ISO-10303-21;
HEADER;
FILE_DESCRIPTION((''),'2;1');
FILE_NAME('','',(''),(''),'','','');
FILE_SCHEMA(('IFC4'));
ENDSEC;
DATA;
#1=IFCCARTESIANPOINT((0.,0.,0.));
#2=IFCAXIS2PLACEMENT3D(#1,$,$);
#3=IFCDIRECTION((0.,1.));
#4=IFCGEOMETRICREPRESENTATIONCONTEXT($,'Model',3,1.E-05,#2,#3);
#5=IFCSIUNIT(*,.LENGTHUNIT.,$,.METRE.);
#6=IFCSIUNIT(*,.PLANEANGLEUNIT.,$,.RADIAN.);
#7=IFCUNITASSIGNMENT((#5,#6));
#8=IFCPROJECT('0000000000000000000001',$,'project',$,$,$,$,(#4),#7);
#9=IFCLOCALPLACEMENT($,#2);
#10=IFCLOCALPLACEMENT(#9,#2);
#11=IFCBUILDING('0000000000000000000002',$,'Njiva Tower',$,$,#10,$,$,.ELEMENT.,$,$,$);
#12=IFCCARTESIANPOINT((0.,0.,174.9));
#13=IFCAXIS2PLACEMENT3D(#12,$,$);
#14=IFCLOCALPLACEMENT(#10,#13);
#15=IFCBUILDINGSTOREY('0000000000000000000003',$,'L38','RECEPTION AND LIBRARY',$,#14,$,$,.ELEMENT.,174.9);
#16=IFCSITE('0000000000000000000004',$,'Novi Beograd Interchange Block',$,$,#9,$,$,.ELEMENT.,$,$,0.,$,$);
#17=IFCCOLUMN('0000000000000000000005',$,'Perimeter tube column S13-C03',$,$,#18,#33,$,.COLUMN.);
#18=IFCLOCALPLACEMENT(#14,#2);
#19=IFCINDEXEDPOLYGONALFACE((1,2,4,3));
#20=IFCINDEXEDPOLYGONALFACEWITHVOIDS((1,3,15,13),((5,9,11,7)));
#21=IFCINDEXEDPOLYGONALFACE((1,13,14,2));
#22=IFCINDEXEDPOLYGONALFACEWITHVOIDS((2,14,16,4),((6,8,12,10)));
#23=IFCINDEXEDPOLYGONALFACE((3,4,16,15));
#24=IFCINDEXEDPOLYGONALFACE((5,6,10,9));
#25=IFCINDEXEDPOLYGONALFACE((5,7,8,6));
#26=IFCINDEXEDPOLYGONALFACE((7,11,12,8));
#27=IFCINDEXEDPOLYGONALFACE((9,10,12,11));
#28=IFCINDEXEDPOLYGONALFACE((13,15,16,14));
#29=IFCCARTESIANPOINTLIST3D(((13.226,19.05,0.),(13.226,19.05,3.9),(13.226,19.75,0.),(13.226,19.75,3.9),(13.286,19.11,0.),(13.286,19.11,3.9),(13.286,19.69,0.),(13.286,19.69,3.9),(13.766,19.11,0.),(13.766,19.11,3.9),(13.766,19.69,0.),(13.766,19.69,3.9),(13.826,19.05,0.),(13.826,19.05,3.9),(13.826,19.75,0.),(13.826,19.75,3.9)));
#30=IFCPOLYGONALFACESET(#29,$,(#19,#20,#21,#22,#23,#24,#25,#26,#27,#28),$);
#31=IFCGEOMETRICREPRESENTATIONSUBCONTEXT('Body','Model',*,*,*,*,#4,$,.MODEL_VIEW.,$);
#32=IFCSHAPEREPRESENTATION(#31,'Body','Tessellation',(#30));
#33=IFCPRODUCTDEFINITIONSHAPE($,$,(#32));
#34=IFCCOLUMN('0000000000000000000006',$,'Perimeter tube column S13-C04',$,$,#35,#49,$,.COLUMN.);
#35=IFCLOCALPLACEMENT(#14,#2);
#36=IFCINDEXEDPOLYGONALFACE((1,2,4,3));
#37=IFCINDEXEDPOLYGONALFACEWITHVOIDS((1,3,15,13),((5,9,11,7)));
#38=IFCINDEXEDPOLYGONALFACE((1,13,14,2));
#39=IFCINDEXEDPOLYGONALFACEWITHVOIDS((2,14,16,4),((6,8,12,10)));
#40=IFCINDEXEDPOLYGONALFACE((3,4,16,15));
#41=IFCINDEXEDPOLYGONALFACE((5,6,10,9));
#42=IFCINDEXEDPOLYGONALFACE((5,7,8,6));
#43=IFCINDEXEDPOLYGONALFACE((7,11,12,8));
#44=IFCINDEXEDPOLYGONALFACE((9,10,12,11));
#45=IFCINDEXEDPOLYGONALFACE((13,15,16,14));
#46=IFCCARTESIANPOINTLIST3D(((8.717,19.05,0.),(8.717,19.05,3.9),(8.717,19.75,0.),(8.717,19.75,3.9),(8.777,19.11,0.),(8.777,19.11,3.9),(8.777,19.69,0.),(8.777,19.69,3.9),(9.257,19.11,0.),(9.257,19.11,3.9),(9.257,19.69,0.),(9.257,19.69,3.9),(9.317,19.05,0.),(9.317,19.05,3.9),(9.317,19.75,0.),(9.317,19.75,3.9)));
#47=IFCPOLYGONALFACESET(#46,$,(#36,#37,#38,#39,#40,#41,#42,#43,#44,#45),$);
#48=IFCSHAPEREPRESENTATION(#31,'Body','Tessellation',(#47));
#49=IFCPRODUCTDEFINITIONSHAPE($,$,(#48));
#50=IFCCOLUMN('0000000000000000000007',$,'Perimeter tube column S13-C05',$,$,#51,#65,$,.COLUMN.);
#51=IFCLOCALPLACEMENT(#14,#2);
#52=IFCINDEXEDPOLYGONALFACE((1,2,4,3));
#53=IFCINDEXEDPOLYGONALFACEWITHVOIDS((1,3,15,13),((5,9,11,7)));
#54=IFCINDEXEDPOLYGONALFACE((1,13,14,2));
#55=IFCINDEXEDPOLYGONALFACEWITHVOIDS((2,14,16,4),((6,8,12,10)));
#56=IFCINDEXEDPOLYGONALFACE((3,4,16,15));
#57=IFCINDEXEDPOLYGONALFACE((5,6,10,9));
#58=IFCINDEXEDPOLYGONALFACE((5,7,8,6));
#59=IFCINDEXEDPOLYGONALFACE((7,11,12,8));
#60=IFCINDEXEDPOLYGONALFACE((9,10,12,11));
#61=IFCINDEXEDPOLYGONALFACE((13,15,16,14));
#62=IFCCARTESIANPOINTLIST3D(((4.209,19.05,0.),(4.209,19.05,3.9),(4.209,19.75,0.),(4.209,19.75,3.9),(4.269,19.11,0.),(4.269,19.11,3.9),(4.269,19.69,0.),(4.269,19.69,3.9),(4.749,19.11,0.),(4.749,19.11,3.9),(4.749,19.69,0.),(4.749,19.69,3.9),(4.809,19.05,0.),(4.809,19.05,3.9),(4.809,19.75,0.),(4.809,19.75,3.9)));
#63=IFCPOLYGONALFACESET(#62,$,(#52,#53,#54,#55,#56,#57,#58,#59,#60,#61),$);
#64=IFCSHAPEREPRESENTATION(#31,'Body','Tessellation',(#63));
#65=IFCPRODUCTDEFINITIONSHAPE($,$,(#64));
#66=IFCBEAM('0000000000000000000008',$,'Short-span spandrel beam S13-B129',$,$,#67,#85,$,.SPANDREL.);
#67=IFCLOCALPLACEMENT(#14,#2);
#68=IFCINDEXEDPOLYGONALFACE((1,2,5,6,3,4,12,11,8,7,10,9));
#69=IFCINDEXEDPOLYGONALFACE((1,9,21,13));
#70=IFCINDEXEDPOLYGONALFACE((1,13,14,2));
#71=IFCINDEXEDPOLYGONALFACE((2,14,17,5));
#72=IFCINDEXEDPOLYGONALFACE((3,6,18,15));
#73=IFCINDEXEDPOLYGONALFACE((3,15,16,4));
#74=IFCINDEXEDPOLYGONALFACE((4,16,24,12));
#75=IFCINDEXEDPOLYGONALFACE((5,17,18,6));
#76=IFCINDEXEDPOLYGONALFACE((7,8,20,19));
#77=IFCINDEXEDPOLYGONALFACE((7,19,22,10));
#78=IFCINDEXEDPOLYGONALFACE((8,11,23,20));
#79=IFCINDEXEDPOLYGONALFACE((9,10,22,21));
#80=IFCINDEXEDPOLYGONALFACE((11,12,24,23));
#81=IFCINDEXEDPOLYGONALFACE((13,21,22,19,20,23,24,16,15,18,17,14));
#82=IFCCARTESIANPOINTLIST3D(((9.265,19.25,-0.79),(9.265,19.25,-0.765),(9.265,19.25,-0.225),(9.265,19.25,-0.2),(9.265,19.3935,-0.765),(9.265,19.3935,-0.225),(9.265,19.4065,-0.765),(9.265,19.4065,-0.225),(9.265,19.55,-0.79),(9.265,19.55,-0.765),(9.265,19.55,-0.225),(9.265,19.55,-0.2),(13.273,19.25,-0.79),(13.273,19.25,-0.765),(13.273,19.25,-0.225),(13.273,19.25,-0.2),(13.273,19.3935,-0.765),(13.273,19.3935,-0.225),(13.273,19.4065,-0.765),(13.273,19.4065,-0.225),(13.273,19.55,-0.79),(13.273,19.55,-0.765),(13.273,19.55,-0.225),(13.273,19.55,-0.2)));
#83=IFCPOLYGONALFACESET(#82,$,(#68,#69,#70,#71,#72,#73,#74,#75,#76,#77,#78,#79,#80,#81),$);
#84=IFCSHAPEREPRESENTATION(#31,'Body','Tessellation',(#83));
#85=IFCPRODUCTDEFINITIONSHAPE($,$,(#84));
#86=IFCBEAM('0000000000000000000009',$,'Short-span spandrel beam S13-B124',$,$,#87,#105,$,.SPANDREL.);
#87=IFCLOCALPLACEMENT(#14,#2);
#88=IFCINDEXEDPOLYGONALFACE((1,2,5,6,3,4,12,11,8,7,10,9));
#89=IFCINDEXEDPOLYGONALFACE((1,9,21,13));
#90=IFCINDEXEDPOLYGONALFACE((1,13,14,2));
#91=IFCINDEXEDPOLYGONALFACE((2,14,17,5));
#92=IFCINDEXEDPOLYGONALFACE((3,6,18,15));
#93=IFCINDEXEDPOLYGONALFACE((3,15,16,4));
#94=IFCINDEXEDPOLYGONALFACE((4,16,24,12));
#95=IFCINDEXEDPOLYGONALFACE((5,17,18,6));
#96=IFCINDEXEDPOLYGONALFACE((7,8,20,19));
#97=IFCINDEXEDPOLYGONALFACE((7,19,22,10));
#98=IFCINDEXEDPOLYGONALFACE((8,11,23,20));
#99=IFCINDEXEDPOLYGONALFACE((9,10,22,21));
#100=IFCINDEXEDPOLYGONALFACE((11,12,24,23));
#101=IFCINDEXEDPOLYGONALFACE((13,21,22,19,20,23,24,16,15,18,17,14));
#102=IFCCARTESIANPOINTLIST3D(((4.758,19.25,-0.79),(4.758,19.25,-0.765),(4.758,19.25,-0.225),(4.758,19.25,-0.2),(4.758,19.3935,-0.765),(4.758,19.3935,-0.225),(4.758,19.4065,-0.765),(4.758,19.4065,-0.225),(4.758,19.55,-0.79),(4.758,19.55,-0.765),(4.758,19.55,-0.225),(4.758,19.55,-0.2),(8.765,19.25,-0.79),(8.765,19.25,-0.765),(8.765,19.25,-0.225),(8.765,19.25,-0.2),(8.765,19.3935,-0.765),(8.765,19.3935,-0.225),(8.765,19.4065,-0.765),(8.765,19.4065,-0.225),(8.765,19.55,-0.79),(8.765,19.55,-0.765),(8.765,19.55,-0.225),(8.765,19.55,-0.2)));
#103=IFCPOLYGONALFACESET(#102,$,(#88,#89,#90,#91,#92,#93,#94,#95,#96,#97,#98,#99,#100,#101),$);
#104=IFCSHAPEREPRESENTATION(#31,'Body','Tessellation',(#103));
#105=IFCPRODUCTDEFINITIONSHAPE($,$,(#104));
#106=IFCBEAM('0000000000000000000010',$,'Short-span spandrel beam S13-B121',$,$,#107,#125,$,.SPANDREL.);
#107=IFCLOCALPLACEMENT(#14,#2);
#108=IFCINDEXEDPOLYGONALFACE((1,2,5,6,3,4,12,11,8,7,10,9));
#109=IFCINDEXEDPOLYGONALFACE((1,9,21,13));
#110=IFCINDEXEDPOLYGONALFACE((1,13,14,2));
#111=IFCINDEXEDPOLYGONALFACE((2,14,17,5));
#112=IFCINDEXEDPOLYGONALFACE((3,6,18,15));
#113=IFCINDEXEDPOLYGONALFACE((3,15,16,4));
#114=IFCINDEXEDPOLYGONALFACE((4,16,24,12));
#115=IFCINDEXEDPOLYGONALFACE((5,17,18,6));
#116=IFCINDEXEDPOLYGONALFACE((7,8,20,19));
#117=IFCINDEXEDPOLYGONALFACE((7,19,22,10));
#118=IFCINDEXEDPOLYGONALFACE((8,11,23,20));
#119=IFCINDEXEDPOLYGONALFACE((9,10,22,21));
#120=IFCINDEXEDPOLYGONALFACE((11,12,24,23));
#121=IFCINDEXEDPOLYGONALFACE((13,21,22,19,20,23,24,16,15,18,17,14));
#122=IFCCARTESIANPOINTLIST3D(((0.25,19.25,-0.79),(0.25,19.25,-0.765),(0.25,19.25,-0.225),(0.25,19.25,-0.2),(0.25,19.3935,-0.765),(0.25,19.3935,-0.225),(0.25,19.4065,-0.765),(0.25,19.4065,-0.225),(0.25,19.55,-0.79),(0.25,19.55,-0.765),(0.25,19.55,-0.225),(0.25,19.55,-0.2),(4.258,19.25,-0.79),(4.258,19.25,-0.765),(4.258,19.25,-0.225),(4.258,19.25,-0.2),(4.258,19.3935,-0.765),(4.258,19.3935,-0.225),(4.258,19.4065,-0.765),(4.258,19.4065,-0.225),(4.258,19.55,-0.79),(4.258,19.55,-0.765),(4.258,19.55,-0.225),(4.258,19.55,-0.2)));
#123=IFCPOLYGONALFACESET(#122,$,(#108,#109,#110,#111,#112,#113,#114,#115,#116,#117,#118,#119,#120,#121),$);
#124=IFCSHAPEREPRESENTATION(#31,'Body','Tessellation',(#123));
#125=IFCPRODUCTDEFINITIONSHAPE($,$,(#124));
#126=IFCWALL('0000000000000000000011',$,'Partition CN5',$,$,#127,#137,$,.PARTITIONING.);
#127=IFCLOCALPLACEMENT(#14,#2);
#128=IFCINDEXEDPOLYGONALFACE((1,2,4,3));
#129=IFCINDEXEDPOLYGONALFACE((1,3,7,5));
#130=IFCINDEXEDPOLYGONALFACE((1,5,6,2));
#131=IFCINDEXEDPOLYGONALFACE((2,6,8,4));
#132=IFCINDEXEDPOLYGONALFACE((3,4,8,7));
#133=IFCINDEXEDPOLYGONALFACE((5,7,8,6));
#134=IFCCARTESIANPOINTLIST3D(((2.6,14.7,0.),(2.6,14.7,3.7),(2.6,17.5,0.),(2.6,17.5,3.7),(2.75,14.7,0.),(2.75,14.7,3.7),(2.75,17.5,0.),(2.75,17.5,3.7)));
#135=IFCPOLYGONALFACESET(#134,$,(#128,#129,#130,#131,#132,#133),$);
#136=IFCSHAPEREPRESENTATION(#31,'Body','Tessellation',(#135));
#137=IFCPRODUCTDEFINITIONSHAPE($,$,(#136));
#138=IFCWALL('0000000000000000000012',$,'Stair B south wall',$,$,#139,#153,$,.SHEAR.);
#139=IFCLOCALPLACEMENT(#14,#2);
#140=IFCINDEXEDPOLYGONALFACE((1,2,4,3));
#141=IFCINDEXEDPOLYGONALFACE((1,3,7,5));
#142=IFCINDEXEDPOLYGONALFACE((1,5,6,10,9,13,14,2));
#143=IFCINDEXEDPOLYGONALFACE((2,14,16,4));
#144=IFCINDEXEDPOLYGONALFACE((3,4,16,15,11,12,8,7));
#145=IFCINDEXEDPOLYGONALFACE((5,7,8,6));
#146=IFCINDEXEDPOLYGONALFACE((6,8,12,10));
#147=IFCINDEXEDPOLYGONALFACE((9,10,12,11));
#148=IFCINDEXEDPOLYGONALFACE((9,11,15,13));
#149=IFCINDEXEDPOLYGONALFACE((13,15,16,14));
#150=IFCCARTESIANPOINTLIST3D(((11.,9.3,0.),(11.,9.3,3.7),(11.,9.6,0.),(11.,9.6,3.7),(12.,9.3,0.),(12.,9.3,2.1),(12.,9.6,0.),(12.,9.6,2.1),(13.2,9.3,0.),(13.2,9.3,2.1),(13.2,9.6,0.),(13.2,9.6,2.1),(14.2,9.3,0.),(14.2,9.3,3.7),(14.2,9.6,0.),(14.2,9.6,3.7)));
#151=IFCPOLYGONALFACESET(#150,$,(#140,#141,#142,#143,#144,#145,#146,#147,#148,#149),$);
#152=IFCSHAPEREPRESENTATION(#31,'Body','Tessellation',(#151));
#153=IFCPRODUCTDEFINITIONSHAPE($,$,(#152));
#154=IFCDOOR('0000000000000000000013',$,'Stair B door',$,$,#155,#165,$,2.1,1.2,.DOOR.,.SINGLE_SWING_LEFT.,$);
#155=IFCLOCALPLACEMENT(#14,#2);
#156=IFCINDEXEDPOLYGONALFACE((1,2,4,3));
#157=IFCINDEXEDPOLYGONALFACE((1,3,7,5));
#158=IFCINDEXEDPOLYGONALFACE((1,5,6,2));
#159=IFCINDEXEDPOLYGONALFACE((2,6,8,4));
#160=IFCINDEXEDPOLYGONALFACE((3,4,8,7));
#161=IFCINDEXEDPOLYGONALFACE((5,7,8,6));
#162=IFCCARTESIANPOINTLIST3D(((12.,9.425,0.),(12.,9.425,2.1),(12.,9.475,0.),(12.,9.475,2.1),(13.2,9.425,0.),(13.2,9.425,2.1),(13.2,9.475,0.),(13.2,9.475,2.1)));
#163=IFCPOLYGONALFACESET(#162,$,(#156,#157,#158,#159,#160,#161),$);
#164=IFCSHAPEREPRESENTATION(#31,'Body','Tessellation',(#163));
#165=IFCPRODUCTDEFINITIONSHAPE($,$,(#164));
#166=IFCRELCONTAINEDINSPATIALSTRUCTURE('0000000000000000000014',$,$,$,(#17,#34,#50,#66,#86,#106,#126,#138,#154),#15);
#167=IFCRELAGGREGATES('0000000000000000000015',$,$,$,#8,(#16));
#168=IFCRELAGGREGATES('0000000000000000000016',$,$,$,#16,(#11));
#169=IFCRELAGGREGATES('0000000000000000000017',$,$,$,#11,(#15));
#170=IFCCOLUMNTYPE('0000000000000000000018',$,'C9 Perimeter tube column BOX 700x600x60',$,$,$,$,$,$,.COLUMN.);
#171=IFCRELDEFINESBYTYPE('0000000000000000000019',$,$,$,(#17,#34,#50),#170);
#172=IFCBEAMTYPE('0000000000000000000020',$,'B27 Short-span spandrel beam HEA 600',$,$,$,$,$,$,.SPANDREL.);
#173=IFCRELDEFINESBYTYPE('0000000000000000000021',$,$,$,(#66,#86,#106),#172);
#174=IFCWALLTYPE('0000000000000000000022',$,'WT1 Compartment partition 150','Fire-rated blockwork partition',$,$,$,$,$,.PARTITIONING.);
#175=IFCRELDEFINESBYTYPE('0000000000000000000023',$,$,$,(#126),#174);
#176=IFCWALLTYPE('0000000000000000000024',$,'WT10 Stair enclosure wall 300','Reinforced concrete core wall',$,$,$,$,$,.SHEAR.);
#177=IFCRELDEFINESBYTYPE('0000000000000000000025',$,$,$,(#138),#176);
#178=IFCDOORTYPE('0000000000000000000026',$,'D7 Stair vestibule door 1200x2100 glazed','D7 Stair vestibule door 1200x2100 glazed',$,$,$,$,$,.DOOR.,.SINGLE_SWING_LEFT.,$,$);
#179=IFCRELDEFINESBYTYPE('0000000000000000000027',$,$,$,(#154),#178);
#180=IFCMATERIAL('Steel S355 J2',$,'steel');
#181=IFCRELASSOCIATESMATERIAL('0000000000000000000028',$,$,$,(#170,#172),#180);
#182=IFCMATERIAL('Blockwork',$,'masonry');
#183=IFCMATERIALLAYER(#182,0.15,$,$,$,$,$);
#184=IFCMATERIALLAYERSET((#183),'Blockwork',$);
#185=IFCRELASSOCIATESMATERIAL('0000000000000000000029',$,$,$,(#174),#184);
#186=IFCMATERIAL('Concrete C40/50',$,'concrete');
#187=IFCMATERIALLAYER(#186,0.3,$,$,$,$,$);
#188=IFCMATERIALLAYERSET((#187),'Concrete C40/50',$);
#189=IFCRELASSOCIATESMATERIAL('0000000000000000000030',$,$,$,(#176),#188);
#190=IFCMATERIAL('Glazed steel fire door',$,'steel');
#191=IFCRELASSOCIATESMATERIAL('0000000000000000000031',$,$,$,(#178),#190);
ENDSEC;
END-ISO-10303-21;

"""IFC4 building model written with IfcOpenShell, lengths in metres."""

from ifc_helpers import new_model, si_unit, direction, frame, frame_2d, origin, origin_2d, place, context, subcontext, project, spatial, rectangle, hollow_rectangle, i_section, extrude, material, layer, layer_set, material_profile, profile_set, type_object, element, fill, save


model = new_model("IFC4")

# Units and contexts
model_context = context("Model", 3, precision=1e-05, world=origin(), true_north=direction((0.0, 1.0)))
body_context = subcontext(model_context, "Body", "Model", "MODEL_VIEW")
ifc_project = project(units=[si_unit("LENGTHUNIT", "METRE"), si_unit("PLANEANGLEUNIT", "RADIAN")], contexts=[model_context])

# Site, building, storey
site_placement = place(None, origin())
site = spatial("IfcSite", under=ifc_project, at=site_placement, Name="Novi Beograd Interchange Block", CompositionType="ELEMENT", RefElevation=0.0)
building_placement = place(site_placement, origin())
building = spatial("IfcBuilding", under=site, at=building_placement, Name="Njiva Tower", CompositionType="ELEMENT")
storey_placement = place(building_placement, frame((0.0, 0.0, 174.9)))
storey = spatial("IfcBuildingStorey", under=building, at=storey_placement, Name="L38", Description="RECEPTION AND LIBRARY", CompositionType="ELEMENT", Elevation=174.9)

# Columns
ifc_material_1 = material(Name="Steel S355 J2", Category="steel")
ifc_material_profile_1 = material_profile(ifc_material_1, hollow_rectangle(XDim=0.6, YDim=0.7, WallThickness=0.06, at=origin_2d()), Name="BOX 700x600x60")
ifc_profile_set_1 = profile_set([ifc_material_profile_1], Name="Steel S355 J2")
column_type = type_object("IfcColumnType", Name="C9 Perimeter tube column BOX 700x600x60", PredefinedType="COLUMN", material=ifc_profile_set_1)
for number, where, z_axis, x_axis, name in (
    (1, (13.526, 19.4, 0.0), (0.0, 0.0, 1.0), (-1.0, 0.0, 0.0), "Perimeter tube column S13-C03"),
    (2, (9.017, 19.4, 0.0), (0.0, 0.0, 1.0), (-1.0, 0.0, 0.0), "Perimeter tube column S13-C04"),
    (3, (4.509, 19.4, 0.0), (0.0, 0.0, 1.0), (-1.0, 0.0, 0.0), "Perimeter tube column S13-C05"),
):
    element("IfcColumn", number, at=place(storey_placement, frame(where, z_axis=z_axis, x_axis=x_axis)), inside=storey, type_object=column_type, Name=name, PredefinedType="COLUMN", context=body_context, shape_type="SweptSolid", body=[
        extrude(hollow_rectangle(XDim=0.6, YDim=0.7, WallThickness=0.06, at=origin_2d()), origin(), (0.0, 0.0, 1.0), 3.9),
    ])

# Beams
ifc_material_profile_2 = material_profile(ifc_material_1, i_section(OverallWidth=0.3, OverallDepth=0.59, WebThickness=0.013, FlangeThickness=0.025, at=origin_2d()), Name="HEA 600")
ifc_profile_set_2 = profile_set([ifc_material_profile_2], Name="Steel S355 J2")
beam_type = type_object("IfcBeamType", Name="B27 Short-span spandrel beam HEA 600", PredefinedType="SPANDREL", material=ifc_profile_set_2)
beam_1_placement = place(storey_placement, frame((13.273, 19.4, -0.495), z_axis=(-1.0, 0.0, 0.0), x_axis=(0.0, -1.0, 0.0)))
element("IfcBeam", 4, at=beam_1_placement, inside=storey, type_object=beam_type, Name="Short-span spandrel beam S13-B129", PredefinedType="SPANDREL", context=body_context, shape_type="SweptSolid", body=[
    extrude(i_section(OverallWidth=0.3, OverallDepth=0.59, WebThickness=0.013, FlangeThickness=0.025, at=origin_2d()), origin(), (0.0, 0.0, 1.0), 4.008),
])
beam_2_placement = place(storey_placement, frame((8.765, 19.4, -0.495), z_axis=(-1.0, 0.0, 0.0), x_axis=(0.0, -1.0, 0.0)))
element("IfcBeam", 5, at=beam_2_placement, inside=storey, type_object=beam_type, Name="Short-span spandrel beam S13-B124", PredefinedType="SPANDREL", context=body_context, shape_type="SweptSolid", body=[
    extrude(i_section(OverallWidth=0.3, OverallDepth=0.59, WebThickness=0.013, FlangeThickness=0.025, at=origin_2d()), origin(), (0.0, 0.0, 1.0), 4.007),
])
beam_3_placement = place(storey_placement, frame((4.258, 19.4, -0.495), z_axis=(-1.0, 0.0, 0.0), x_axis=(0.0, -1.0, 0.0)))
element("IfcBeam", 6, at=beam_3_placement, inside=storey, type_object=beam_type, Name="Short-span spandrel beam S13-B121", PredefinedType="SPANDREL", context=body_context, shape_type="SweptSolid", body=[
    extrude(i_section(OverallWidth=0.3, OverallDepth=0.59, WebThickness=0.013, FlangeThickness=0.025, at=origin_2d()), origin(), (0.0, 0.0, 1.0), 4.008),
])

# Wall
ifc_material_2 = material(Name="Blockwork", Category="masonry")
ifc_layer_1 = layer(ifc_material_2, 0.15)
ifc_layer_set_1 = layer_set([ifc_layer_1], Name="Blockwork")
wall_type_1 = type_object("IfcWallType", Name="WT1 Compartment partition 150", Description="Fire-rated blockwork partition", PredefinedType="PARTITIONING", material=ifc_layer_set_1)
wall_1_placement = place(storey_placement, frame((2.675, 14.7, 0.0), z_axis=(0.0, 0.0, 1.0), x_axis=(0.0, 1.0, 0.0)))
element("IfcWall", 7, at=wall_1_placement, inside=storey, type_object=wall_type_1, Name="Partition CN5", PredefinedType="PARTITIONING", context=body_context, shape_type="SweptSolid", body=[
    extrude(rectangle(XDim=2.8, YDim=0.15, at=frame_2d((1.4, 0.0))), origin(), (0.0, 0.0, 1.0), 3.7),
])

# Wall, opening, door
ifc_material_3 = material(Name="Concrete C40/50", Category="concrete")
ifc_layer_2 = layer(ifc_material_3, 0.3)
ifc_layer_set_2 = layer_set([ifc_layer_2], Name="Concrete C40/50")
wall_type_2 = type_object("IfcWallType", Name="WT10 Stair enclosure wall 300", Description="Reinforced concrete core wall", PredefinedType="SHEAR", material=ifc_layer_set_2)
wall_2_placement = place(storey_placement, frame((11.0, 9.45, 0.0), z_axis=(0.0, 0.0, 1.0), x_axis=(1.0, 0.0, 0.0)))
wall_2 = element("IfcWall", 8, at=wall_2_placement, inside=storey, type_object=wall_type_2, Name="Stair B south wall", PredefinedType="SHEAR", context=body_context, shape_type="SweptSolid", body=[
    extrude(rectangle(XDim=3.2, YDim=0.3, at=frame_2d((1.6, 0.0))), origin(), (0.0, 0.0, 1.0), 3.7),
])
opening_1_placement = place(wall_2_placement, frame((1.0, 0.0, 0.0)))
opening_1 = element("IfcOpeningElement", 9, at=opening_1_placement, cuts=wall_2, PredefinedType="OPENING", context=body_context, shape_type="SweptSolid", body=[
    extrude(rectangle(XDim=1.2, YDim=2.1, at=frame_2d((0.6, 1.05))), frame((0.0, 0.16, 0.0), z_axis=(0.0, -1.0, 0.0), x_axis=(1.0, 0.0, 0.0)), (0.0, 0.0, 1.0), 0.32),
])
ifc_material_4 = material(Name="Glazed steel fire door", Category="steel")
door_type_1 = type_object("IfcDoorType", Name="D7 Stair vestibule door 1200x2100 glazed", Description="D7 Stair vestibule door 1200x2100 glazed", OperationType="SINGLE_SWING_LEFT", PredefinedType="DOOR", material=ifc_material_4)
door_1_placement = place(opening_1_placement, origin())
door_1 = element("IfcDoor", 10, at=door_1_placement, inside=storey, type_object=door_type_1, Name="Stair B door", OperationType="SINGLE_SWING_LEFT", OverallHeight=2.1, OverallWidth=1.2, PredefinedType="DOOR", context=body_context, shape_type="SweptSolid", body=[
    extrude(rectangle(XDim=1.2, YDim=2.1, at=frame_2d((0.6, 1.05))), frame((0.0, 0.025, 0.0), z_axis=(0.0, -1.0, 0.0), x_axis=(1.0, 0.0, 0.0)), (0.0, 0.0, 1.0), 0.05),
])
fill(opening_1, door_1)

save(model, "model.ifc")
